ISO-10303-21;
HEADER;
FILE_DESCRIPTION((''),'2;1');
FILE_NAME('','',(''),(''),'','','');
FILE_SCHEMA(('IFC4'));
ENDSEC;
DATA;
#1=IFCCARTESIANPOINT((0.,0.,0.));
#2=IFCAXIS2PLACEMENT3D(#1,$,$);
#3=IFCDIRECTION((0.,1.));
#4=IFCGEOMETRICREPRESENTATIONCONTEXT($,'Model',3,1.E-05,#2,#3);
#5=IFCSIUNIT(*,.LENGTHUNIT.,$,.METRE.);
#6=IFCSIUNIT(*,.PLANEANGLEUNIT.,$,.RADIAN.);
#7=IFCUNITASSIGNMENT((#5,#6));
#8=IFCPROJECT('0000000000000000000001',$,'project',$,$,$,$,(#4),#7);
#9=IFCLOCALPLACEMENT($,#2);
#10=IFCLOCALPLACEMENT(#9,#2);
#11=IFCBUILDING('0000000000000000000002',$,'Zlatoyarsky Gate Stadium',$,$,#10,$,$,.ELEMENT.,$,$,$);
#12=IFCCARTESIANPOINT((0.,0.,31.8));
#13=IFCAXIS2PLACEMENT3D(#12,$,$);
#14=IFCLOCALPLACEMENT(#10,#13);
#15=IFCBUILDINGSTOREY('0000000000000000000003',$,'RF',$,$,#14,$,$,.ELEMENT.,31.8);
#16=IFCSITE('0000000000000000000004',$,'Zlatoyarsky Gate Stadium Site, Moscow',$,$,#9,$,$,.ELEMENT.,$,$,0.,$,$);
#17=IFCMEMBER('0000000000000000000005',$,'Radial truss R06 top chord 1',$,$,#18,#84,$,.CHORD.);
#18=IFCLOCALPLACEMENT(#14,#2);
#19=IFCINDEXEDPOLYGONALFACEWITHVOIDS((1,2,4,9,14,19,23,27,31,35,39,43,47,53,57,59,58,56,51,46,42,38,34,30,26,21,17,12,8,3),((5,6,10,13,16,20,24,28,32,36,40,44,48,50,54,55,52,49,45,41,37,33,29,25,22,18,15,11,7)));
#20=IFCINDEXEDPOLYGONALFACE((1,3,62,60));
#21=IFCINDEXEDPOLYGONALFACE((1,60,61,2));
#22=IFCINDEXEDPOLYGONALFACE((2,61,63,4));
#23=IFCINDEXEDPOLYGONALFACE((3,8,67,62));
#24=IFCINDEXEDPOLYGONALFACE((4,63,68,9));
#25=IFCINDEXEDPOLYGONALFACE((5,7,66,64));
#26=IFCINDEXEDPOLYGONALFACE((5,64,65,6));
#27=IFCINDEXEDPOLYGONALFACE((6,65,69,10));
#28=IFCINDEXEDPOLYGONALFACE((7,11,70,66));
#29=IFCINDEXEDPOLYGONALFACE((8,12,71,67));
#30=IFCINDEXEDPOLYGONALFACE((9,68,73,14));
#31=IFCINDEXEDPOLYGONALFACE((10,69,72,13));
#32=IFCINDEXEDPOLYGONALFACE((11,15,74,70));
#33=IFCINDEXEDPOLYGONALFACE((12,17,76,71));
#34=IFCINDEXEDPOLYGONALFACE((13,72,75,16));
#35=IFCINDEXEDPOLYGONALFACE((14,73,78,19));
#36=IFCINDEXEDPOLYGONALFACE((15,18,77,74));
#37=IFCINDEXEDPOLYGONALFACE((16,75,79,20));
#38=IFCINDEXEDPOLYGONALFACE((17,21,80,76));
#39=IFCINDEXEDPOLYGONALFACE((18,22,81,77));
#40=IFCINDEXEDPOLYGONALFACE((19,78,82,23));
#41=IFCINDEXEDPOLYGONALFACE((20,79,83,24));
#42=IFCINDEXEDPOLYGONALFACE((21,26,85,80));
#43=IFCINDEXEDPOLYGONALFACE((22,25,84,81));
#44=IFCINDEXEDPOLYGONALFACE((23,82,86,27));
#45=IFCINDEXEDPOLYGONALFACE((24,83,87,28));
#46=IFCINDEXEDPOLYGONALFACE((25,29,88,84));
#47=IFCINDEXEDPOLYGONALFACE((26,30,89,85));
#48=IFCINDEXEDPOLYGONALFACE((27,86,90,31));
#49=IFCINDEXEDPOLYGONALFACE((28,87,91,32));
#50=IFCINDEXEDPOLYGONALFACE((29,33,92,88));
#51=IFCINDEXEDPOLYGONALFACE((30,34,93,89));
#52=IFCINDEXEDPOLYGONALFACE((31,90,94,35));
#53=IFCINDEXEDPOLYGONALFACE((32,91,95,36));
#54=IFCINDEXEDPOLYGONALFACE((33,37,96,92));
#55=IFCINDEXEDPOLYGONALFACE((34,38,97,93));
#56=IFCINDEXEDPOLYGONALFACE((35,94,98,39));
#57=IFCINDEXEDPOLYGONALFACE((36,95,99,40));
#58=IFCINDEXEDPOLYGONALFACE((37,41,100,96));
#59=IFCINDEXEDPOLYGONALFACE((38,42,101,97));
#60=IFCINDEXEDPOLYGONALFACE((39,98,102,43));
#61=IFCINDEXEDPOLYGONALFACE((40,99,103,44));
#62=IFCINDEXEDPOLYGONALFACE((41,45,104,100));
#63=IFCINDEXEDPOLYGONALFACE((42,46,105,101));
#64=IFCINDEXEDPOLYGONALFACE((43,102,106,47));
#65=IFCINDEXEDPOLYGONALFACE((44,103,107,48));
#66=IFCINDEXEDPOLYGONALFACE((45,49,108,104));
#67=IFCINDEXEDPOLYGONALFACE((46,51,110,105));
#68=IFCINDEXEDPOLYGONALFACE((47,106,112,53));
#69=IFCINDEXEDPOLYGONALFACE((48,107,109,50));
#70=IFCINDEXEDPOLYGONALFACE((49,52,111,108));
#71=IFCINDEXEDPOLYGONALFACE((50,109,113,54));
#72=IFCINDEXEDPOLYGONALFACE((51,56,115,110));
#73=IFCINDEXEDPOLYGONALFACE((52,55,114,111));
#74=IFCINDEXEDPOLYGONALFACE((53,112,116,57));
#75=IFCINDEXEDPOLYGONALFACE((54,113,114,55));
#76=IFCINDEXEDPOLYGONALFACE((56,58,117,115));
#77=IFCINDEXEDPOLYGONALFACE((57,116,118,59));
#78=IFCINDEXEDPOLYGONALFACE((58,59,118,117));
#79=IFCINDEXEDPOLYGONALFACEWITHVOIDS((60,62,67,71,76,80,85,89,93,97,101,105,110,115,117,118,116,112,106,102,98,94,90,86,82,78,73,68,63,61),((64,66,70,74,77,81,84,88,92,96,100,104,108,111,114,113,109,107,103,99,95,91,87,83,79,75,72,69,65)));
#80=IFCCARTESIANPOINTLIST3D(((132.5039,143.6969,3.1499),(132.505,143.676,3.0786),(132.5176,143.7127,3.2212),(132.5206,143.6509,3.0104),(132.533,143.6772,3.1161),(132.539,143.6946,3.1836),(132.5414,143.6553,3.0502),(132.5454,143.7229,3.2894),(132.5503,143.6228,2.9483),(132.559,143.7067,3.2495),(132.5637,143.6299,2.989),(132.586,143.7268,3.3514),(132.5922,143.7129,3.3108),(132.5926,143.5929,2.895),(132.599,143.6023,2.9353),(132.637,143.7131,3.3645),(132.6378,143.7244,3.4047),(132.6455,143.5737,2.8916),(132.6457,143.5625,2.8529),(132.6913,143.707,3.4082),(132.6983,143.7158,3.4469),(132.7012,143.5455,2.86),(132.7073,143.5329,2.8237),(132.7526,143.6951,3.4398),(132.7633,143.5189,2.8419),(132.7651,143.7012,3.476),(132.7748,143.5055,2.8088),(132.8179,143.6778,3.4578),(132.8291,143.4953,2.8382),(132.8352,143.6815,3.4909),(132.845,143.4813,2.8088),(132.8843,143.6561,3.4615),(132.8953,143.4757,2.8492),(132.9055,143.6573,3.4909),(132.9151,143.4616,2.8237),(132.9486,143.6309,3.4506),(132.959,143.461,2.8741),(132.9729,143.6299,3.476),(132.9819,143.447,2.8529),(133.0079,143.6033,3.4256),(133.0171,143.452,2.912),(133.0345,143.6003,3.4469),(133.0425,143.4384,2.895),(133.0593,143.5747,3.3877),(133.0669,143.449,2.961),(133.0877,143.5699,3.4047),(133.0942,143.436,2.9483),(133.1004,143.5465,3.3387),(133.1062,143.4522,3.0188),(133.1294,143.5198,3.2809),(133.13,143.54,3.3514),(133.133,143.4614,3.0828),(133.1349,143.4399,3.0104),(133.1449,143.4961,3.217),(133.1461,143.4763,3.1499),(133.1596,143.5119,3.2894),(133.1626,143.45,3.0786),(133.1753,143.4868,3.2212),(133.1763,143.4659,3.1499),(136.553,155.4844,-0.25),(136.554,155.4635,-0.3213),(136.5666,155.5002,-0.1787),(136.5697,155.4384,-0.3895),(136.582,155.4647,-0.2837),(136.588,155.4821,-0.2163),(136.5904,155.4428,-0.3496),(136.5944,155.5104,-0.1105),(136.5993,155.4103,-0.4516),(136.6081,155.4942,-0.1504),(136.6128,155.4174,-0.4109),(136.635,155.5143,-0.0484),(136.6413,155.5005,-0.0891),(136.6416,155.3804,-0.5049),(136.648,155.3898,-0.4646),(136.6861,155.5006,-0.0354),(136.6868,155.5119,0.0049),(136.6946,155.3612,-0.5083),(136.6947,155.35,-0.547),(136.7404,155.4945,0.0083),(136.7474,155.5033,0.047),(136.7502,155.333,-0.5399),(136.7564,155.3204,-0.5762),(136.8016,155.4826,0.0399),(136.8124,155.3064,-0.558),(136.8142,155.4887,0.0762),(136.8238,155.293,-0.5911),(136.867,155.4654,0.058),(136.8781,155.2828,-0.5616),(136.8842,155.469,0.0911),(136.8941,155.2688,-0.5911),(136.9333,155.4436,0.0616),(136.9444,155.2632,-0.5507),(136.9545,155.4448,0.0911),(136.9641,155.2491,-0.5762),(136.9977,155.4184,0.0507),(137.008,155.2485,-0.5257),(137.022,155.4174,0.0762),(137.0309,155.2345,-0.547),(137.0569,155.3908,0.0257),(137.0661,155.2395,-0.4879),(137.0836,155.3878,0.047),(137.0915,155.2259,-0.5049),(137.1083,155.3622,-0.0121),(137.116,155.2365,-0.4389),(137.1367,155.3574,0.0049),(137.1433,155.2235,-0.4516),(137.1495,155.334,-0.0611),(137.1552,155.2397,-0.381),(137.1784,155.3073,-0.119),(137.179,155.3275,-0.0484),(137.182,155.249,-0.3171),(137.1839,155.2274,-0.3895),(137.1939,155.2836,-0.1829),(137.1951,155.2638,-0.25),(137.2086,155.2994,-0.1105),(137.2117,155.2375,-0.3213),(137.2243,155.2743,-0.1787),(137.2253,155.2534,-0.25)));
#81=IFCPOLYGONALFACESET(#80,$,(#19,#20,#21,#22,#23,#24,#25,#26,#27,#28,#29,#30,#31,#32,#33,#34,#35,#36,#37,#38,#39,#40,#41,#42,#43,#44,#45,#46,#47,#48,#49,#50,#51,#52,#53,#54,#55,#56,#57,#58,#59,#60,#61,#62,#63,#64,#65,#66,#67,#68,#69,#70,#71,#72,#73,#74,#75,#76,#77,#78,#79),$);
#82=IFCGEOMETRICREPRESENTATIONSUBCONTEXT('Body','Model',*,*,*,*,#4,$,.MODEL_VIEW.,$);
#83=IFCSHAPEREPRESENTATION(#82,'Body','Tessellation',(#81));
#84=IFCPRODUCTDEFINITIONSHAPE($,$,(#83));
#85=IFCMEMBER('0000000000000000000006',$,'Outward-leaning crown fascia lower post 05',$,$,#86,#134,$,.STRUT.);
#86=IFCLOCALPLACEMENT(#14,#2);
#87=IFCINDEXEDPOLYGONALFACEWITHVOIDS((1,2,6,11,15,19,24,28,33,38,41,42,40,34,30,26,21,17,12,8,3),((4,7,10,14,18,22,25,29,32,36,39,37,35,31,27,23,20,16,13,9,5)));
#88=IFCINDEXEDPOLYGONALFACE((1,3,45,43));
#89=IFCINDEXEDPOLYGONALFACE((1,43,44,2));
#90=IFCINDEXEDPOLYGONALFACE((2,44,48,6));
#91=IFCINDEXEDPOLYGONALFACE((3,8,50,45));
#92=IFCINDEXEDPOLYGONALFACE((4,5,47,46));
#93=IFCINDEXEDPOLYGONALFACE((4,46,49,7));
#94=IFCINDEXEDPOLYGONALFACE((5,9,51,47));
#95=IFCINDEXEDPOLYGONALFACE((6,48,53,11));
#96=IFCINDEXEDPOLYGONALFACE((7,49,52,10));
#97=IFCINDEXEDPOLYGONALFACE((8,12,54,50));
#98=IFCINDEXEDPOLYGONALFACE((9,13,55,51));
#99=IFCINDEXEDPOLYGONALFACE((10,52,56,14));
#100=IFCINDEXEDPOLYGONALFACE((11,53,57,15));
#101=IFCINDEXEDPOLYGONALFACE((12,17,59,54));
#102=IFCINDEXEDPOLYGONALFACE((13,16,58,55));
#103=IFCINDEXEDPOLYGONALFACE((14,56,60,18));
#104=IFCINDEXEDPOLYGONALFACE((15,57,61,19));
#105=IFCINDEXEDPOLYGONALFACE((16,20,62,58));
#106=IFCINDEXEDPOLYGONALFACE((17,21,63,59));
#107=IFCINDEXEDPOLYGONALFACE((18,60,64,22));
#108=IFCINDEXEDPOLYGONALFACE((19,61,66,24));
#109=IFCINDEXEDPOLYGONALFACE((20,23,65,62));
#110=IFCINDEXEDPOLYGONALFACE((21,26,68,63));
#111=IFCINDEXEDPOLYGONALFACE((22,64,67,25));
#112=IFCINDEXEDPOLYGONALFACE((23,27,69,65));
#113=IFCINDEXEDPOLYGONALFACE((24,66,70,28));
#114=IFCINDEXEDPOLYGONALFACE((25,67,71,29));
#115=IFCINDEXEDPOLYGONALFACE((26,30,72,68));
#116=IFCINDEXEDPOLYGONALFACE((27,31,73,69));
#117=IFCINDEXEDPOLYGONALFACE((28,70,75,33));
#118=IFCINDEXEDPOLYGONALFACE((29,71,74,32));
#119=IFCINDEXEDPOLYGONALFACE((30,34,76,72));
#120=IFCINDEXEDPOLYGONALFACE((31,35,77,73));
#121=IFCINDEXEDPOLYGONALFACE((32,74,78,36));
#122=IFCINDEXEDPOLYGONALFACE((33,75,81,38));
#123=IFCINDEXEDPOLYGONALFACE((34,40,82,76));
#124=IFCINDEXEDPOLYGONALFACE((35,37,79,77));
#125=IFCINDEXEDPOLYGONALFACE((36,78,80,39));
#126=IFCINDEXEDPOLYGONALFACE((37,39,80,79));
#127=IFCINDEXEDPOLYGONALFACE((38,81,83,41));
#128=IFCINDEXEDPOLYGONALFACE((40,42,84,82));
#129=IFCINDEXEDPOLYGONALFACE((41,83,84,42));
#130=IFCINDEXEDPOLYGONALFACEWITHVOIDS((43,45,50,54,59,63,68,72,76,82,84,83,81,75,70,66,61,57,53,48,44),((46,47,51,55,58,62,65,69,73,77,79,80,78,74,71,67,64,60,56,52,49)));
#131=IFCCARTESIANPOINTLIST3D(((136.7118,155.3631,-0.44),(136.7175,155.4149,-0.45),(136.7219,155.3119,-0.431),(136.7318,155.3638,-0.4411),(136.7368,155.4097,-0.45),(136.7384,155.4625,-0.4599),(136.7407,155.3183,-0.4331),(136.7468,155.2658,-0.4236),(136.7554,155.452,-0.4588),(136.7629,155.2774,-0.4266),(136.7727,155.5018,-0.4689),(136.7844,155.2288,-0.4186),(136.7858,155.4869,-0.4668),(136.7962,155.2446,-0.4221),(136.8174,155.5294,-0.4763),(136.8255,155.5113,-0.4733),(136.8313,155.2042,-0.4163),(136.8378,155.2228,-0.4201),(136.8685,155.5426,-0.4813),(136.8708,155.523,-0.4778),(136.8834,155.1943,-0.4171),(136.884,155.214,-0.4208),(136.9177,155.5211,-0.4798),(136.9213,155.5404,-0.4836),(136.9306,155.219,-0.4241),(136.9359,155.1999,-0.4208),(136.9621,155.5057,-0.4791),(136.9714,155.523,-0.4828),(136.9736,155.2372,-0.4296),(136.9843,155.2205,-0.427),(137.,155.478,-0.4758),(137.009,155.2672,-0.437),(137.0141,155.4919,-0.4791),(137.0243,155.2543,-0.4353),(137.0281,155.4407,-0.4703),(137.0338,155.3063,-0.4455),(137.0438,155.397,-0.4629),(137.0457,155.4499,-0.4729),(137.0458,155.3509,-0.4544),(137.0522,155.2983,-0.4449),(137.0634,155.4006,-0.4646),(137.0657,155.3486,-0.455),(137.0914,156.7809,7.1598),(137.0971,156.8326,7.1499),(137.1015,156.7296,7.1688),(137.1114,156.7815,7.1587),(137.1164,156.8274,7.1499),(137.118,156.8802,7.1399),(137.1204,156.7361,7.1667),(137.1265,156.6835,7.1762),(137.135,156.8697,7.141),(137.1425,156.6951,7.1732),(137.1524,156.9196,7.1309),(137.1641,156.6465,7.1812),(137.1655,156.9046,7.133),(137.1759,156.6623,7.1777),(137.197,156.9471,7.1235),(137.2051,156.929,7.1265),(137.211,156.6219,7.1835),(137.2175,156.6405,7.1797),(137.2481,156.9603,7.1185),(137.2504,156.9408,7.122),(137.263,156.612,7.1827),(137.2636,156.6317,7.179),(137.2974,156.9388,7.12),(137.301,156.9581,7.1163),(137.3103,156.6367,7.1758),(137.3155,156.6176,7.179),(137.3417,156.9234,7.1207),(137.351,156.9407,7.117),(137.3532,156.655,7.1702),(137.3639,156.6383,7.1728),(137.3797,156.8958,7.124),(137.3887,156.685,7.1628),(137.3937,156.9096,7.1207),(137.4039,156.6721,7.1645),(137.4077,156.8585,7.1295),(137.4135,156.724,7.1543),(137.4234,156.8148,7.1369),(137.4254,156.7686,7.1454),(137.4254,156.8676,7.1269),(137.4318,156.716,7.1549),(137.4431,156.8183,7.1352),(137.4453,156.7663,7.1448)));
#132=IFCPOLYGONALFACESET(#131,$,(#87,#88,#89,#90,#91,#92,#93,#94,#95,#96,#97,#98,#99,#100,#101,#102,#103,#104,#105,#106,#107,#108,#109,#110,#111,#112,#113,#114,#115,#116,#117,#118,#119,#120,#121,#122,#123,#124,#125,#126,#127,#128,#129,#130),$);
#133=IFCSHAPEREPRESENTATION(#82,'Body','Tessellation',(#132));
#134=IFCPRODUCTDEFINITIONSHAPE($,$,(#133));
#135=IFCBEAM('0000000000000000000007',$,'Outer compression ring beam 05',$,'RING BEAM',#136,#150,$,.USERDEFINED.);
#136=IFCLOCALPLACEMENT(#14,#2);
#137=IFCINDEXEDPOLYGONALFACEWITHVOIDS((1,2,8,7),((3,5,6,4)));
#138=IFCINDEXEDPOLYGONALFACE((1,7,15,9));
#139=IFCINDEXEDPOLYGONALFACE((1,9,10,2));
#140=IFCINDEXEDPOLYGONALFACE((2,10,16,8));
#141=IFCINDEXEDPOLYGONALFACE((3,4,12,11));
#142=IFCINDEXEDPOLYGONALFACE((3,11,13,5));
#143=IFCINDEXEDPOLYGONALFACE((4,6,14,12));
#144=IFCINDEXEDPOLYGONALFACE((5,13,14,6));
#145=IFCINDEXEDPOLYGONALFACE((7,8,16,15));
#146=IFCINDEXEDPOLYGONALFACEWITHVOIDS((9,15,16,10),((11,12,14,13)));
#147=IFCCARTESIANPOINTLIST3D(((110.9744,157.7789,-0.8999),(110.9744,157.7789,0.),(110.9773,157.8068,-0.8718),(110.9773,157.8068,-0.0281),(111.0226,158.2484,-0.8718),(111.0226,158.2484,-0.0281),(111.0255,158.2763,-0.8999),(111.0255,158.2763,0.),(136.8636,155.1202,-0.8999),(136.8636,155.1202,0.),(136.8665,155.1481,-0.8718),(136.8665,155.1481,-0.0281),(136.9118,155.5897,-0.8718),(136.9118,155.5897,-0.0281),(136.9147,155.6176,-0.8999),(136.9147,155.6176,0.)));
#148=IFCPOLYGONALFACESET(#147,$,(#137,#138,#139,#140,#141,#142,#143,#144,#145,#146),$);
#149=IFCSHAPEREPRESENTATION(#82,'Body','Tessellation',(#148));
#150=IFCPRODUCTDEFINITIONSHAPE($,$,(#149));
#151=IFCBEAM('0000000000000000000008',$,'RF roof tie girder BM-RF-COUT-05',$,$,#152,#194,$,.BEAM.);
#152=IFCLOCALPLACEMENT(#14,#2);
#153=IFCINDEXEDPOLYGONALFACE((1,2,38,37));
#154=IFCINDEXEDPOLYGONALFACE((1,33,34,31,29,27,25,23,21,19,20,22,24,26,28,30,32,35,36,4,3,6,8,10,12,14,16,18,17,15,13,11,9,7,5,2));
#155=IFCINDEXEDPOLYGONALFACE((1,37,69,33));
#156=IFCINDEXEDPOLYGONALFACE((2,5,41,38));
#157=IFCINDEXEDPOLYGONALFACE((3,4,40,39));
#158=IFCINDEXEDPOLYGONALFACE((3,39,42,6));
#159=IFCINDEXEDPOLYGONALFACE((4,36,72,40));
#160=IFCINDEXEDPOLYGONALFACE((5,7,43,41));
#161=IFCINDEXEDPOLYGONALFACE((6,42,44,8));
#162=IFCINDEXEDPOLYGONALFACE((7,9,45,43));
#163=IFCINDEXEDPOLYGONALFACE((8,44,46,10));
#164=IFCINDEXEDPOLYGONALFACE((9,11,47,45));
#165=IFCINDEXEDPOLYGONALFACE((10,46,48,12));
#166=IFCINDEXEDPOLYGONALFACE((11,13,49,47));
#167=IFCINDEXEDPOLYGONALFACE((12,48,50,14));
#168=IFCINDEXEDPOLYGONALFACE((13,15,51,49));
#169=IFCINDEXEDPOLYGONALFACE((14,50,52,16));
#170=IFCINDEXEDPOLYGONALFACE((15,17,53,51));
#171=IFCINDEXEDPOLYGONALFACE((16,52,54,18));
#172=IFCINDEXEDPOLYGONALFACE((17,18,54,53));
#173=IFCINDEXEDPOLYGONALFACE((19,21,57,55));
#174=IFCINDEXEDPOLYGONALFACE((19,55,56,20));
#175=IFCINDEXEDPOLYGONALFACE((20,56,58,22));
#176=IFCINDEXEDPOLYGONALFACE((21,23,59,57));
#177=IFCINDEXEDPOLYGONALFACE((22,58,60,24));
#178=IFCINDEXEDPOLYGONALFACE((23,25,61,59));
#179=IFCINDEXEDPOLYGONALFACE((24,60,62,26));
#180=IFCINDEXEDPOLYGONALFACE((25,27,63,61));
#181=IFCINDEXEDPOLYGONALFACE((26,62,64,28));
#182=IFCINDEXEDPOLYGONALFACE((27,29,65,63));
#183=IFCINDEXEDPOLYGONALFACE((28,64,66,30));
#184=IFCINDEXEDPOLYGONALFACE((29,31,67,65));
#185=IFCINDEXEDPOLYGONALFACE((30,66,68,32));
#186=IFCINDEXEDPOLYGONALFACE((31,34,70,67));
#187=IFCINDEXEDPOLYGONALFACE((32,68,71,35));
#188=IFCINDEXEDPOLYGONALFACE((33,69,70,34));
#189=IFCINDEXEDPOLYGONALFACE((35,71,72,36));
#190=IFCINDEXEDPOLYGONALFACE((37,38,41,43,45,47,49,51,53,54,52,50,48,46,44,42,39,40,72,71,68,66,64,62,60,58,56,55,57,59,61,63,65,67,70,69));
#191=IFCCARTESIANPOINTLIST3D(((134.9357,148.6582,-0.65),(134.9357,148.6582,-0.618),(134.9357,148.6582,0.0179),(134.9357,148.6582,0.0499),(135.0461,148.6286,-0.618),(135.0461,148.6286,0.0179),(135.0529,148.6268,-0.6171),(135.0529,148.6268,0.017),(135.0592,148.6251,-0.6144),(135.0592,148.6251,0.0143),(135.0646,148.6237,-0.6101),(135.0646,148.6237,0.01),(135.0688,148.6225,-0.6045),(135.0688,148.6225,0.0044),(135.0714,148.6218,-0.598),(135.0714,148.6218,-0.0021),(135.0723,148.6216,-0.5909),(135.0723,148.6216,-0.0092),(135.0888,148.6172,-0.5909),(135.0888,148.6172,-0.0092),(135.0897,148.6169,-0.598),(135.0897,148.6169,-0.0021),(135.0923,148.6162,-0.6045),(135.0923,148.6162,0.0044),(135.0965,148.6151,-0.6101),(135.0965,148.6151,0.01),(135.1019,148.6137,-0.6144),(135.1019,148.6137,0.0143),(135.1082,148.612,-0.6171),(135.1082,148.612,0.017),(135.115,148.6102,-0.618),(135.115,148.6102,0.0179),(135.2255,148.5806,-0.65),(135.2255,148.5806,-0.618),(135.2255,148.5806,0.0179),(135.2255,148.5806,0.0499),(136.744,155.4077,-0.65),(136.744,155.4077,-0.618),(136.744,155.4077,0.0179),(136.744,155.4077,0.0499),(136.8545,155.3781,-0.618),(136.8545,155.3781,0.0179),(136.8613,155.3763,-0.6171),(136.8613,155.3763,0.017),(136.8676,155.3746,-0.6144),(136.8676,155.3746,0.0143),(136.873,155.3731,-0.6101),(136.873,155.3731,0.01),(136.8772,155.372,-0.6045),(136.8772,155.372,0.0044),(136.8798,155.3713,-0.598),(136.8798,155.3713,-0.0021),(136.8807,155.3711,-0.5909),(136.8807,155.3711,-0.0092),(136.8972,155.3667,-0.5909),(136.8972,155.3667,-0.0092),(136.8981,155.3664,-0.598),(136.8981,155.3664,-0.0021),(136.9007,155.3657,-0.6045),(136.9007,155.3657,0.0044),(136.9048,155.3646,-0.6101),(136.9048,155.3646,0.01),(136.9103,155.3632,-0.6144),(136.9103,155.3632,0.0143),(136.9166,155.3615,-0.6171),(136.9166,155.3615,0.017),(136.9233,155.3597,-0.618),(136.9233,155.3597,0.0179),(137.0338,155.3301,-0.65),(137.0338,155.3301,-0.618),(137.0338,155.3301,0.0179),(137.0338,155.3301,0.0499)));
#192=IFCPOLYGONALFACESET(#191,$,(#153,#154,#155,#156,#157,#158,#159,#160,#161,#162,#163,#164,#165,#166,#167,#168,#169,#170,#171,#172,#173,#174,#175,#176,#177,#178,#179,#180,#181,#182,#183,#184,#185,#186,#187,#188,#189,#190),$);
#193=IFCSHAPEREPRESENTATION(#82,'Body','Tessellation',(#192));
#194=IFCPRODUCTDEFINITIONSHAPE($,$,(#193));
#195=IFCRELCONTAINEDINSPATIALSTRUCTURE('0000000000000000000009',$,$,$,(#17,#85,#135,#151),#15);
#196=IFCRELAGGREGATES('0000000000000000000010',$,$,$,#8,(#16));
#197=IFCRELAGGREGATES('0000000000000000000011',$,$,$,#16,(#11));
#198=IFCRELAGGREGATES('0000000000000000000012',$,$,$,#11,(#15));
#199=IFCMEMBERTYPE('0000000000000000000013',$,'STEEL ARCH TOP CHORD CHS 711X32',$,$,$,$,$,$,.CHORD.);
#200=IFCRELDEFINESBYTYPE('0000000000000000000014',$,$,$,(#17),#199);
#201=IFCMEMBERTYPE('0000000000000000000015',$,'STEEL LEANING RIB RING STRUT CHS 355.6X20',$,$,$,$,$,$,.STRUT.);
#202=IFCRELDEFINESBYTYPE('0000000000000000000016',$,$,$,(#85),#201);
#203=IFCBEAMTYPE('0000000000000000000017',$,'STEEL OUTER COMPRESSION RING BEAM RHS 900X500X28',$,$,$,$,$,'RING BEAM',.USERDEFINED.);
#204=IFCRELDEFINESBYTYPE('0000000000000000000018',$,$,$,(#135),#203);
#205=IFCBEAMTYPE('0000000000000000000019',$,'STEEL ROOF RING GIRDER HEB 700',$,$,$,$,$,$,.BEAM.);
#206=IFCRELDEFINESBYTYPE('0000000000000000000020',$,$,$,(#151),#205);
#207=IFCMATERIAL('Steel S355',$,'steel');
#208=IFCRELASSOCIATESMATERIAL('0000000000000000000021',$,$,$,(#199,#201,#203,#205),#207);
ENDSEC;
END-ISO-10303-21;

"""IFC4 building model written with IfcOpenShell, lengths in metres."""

from ifc_helpers import new_model, si_unit, direction, frame, origin, origin_2d, place, context, subcontext, project, spatial, hollow_rectangle, hollow_circle, i_section, extrude, material, material_profile, profile_set, type_object, element, save


model = new_model("IFC4")

# Units and contexts
model_context = context("Model", 3, precision=1e-05, world=origin(), true_north=direction((0.0, 1.0)))
body_context = subcontext(model_context, "Body", "Model", "MODEL_VIEW")
ifc_project = project(units=[si_unit("LENGTHUNIT", "METRE"), si_unit("PLANEANGLEUNIT", "RADIAN")], contexts=[model_context])

# Site, building, storey
site_placement = place(None, origin())
site = spatial("IfcSite", under=ifc_project, at=site_placement, Name="Zlatoyarsky Gate Stadium Site, Moscow", CompositionType="ELEMENT", RefElevation=0.0)
building_placement = place(site_placement, origin())
building = spatial("IfcBuilding", under=site, at=building_placement, Name="Zlatoyarsky Gate Stadium", CompositionType="ELEMENT")
storey_placement = place(building_placement, frame((0.0, 0.0, 31.8)))
storey = spatial("IfcBuildingStorey", under=building, at=storey_placement, Name="RF", CompositionType="ELEMENT", Elevation=31.8)

# Members
ifc_material_1 = material(Name="Steel S355", Category="steel")
ifc_material_profile_1 = material_profile(ifc_material_1, hollow_circle(Radius=0.3555, WallThickness=0.032, at=origin_2d()), Name="CHS 711X32")
ifc_profile_set_1 = profile_set([ifc_material_profile_1], Name="Steel S355")
member_type_1 = type_object("IfcMemberType", Name="STEEL ARCH TOP CHORD CHS 711X32", PredefinedType="CHORD", material=ifc_profile_set_1)
member_1_placement = place(storey_placement, frame((136.8892, 155.3689, -0.25), z_axis=(-0.313419, -0.91242, 0.26317), x_axis=(0.945758, -0.324871, 0.0)))
element("IfcMember", 1, at=member_1_placement, inside=storey, type_object=member_type_1, Name="Radial truss R06 top chord 1", PredefinedType="CHORD", context=body_context, shape_type="SweptSolid", body=[
    extrude(hollow_circle(Radius=0.3555, WallThickness=0.032, at=origin_2d()), origin(), (0.0, 0.0, 1.0), 12.9189),
])
ifc_material_profile_2 = material_profile(ifc_material_1, hollow_circle(Radius=0.1777, WallThickness=0.02, at=origin_2d()), Name="CHS 355.6X20")
ifc_profile_set_2 = profile_set([ifc_material_profile_2], Name="Steel S355")
member_type_2 = type_object("IfcMemberType", Name="STEEL LEANING RIB RING STRUT CHS 355.6X20", PredefinedType="STRUT", material=ifc_profile_set_2)
member_2_placement = place(storey_placement, frame((136.8892, 155.3689, -0.45), z_axis=(0.049047, 0.183162, 0.981858), x_axis=(-0.965967, 0.258667, 0.0)))
element("IfcMember", 2, at=member_2_placement, inside=storey, type_object=member_type_2, Name="Outward-leaning crown fascia lower post 05", PredefinedType="STRUT", context=body_context, shape_type="SweptSolid", body=[
    extrude(hollow_circle(Radius=0.1777, WallThickness=0.02, at=origin_2d()), origin(), (0.0, 0.0, 1.0), 7.7402),
])

# Beams
ifc_material_profile_3 = material_profile(ifc_material_1, hollow_rectangle(XDim=0.5, YDim=0.8999, WallThickness=0.0281, at=origin_2d()), Name="RHS 900X500X28")
ifc_profile_set_3 = profile_set([ifc_material_profile_3], Name="Steel S355")
beam_type_1 = type_object("IfcBeamType", Name="STEEL OUTER COMPRESSION RING BEAM RHS 900X500X28", ElementType="RING BEAM", PredefinedType="USERDEFINED", material=ifc_profile_set_3)
beam_1_placement = place(storey_placement, frame((136.8892, 155.3689, -0.45), z_axis=(-0.994768, 0.102158, 0.0), x_axis=(-0.102158, -0.994768, 0.0)))
element("IfcBeam", 3, at=beam_1_placement, inside=storey, type_object=beam_type_1, Name="Outer compression ring beam 05", ObjectType="RING BEAM", PredefinedType="USERDEFINED", context=body_context, shape_type="SweptSolid", body=[
    extrude(hollow_rectangle(XDim=0.5, YDim=0.8999, WallThickness=0.0281, at=origin_2d()), origin(), (0.0, 0.0, 1.0), 26.0254),
])
ifc_material_profile_4 = material_profile(ifc_material_1, i_section(OverallWidth=0.3, OverallDepth=0.7, WebThickness=0.0171, FlangeThickness=0.032, FilletRadius=0.0271, at=origin_2d()), Name="HEB 700")
ifc_profile_set_4 = profile_set([ifc_material_profile_4], Name="Steel S355")
beam_type_2 = type_object("IfcBeamType", Name="STEEL ROOF RING GIRDER HEB 700", PredefinedType="BEAM", material=ifc_profile_set_4)
beam_2_placement = place(storey_placement, frame((135.0806, 148.6194, -0.3), z_axis=(0.258795, 0.965932, 0.0), x_axis=(-0.965932, 0.258795, 0.0)))
element("IfcBeam", 4, at=beam_2_placement, inside=storey, type_object=beam_type_2, Name="RF roof tie girder BM-RF-COUT-05", PredefinedType="BEAM", context=body_context, shape_type="SweptSolid", body=[
    extrude(i_section(OverallWidth=0.3, OverallDepth=0.7, WebThickness=0.0171, FlangeThickness=0.032, FilletRadius=0.0271, at=origin_2d()), origin(), (0.0, 0.0, 1.0), 6.9875),
])

save(model, "model.ifc")
